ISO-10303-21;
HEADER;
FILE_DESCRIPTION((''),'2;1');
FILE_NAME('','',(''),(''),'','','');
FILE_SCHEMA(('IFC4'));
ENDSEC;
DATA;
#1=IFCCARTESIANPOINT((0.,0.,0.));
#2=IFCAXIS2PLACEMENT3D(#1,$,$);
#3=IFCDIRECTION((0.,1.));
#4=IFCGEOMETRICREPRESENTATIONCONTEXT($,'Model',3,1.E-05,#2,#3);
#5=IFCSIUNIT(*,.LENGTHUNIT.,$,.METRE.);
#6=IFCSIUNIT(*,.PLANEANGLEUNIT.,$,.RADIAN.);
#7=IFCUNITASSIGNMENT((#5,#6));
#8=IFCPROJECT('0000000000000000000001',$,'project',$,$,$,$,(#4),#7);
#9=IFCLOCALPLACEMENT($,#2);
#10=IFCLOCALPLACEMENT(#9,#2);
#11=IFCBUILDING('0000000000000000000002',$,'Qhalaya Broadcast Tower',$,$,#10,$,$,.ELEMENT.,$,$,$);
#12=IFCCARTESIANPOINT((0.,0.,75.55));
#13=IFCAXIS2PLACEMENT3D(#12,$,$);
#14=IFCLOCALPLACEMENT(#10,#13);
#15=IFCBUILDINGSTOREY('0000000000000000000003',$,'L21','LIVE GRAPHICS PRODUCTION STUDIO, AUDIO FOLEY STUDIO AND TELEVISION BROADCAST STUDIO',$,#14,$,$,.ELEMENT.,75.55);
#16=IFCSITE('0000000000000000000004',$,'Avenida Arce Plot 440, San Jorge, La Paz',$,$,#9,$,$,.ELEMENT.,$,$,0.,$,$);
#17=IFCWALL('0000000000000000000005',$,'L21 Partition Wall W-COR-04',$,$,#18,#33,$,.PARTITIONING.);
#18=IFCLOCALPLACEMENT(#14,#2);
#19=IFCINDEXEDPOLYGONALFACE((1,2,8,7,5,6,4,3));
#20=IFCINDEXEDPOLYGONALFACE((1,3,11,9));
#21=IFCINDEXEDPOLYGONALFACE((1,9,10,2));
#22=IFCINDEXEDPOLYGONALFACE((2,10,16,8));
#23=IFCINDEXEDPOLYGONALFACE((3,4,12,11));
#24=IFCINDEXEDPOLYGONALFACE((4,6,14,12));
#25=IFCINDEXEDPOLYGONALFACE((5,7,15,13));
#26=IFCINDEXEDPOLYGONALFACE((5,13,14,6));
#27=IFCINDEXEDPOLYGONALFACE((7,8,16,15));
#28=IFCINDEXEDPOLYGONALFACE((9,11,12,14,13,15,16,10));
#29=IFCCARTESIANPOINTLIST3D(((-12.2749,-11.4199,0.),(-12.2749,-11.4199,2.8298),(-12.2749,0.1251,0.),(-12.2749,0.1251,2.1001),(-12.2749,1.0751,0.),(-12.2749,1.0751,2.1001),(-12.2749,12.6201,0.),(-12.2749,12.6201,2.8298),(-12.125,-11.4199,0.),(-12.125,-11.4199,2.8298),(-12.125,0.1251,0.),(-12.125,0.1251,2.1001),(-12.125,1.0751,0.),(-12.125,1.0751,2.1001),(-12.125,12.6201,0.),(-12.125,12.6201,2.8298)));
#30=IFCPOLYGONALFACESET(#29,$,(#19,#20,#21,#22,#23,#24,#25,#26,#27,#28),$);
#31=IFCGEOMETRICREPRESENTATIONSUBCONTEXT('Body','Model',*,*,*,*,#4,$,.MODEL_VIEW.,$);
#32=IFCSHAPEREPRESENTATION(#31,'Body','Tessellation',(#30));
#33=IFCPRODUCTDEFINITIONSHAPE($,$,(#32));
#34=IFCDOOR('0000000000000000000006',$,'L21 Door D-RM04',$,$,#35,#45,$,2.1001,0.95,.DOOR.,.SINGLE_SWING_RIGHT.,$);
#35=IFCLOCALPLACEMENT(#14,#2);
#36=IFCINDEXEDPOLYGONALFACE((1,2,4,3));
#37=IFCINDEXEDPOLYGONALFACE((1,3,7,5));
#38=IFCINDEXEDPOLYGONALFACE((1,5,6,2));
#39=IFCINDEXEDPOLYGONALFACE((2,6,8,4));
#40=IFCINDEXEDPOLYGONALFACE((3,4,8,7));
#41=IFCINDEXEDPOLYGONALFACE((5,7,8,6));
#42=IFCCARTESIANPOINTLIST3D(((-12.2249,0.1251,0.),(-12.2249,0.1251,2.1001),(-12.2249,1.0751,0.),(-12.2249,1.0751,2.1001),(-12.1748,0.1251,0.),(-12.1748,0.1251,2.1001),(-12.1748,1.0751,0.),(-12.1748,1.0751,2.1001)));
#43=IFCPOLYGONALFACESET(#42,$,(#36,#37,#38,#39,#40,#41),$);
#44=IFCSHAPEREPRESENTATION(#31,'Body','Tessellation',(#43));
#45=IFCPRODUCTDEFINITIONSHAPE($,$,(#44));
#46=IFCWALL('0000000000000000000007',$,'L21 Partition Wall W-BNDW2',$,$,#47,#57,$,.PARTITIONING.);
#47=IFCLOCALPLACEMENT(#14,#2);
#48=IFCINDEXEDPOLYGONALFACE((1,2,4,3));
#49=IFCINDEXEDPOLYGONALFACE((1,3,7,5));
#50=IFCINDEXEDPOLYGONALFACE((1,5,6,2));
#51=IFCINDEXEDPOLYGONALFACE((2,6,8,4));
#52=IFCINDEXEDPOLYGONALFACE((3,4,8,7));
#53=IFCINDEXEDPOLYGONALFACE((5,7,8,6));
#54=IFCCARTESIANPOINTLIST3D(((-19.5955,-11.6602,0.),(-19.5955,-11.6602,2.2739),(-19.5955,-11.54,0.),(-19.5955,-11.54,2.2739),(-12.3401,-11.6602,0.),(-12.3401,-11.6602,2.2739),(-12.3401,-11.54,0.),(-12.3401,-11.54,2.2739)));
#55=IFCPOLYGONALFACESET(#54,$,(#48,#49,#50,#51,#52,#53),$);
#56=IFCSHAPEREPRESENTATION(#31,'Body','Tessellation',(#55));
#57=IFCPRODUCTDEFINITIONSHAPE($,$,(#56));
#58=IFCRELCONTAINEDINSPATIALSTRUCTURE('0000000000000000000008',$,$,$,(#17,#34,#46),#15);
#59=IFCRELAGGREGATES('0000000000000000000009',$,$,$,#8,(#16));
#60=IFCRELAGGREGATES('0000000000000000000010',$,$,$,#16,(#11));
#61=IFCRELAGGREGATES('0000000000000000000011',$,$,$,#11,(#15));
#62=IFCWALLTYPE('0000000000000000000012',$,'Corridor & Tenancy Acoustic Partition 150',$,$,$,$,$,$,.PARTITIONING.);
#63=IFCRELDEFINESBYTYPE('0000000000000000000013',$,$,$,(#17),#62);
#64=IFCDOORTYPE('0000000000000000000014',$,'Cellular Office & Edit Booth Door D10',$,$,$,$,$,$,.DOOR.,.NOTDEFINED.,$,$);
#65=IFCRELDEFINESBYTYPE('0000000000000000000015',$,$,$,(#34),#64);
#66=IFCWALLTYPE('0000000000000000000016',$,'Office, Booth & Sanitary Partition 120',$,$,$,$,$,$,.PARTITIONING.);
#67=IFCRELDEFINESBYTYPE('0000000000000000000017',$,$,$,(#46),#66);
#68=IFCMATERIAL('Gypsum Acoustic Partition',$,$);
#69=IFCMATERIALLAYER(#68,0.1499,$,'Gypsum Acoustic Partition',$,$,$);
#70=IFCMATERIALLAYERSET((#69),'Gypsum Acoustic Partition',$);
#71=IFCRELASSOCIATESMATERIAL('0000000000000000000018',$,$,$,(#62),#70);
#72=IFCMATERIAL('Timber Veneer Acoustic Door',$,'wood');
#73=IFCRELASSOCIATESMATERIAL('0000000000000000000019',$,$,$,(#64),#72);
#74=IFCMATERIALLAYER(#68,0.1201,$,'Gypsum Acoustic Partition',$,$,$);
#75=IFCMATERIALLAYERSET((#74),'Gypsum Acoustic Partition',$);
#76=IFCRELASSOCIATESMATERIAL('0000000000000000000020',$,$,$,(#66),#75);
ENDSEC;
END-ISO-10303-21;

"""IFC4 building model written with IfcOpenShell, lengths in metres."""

from ifc_helpers import new_model, si_unit, direction, frame, frame_2d, origin, place, context, subcontext, project, spatial, rectangle, extrude, material, layer, layer_set, type_object, element, fill, save


model = new_model("IFC4")

# Units and contexts
model_context = context("Model", 3, precision=1e-05, world=origin(), true_north=direction((0.0, 1.0)))
body_context = subcontext(model_context, "Body", "Model", "MODEL_VIEW")
ifc_project = project(units=[si_unit("LENGTHUNIT", "METRE"), si_unit("PLANEANGLEUNIT", "RADIAN")], contexts=[model_context])

# Site, building, storey
site_placement = place(None, origin())
site = spatial("IfcSite", under=ifc_project, at=site_placement, Name="Avenida Arce Plot 440, San Jorge, La Paz", CompositionType="ELEMENT", RefElevation=0.0)
building_placement = place(site_placement, origin())
building = spatial("IfcBuilding", under=site, at=building_placement, Name="Qhalaya Broadcast Tower", CompositionType="ELEMENT")
storey_placement = place(building_placement, frame((0.0, 0.0, 75.55)))
storey = spatial("IfcBuildingStorey", under=building, at=storey_placement, Name="L21", Description="LIVE GRAPHICS PRODUCTION STUDIO, AUDIO FOLEY STUDIO AND TELEVISION BROADCAST STUDIO", CompositionType="ELEMENT", Elevation=75.55)

# Wall, opening, door
ifc_material_1 = material(Name="Gypsum Acoustic Partition")
ifc_layer_1 = layer(ifc_material_1, 0.1499, Name="Gypsum Acoustic Partition")
ifc_layer_set_1 = layer_set([ifc_layer_1], Name="Gypsum Acoustic Partition")
wall_type_1 = type_object("IfcWallType", Name="Corridor & Tenancy Acoustic Partition 150", PredefinedType="PARTITIONING", material=ifc_layer_set_1)
ifc_material_2 = material(Name="Timber Veneer Acoustic Door", Category="wood")
door_type = type_object("IfcDoorType", Name="Cellular Office & Edit Booth Door D10", OperationType="NOTDEFINED", PredefinedType="DOOR", material=ifc_material_2)
wall_1_placement = place(storey_placement, frame((-12.2, -11.4199, 0.0), z_axis=(0.0, 0.0, 1.0), x_axis=(0.0, 1.0, 0.0)))
wall_1 = element("IfcWall", 1, at=wall_1_placement, inside=storey, type_object=wall_type_1, Name="L21 Partition Wall W-COR-04", PredefinedType="PARTITIONING", context=body_context, shape_type="SweptSolid", body=[
    extrude(rectangle(XDim=24.04, YDim=0.1499, at=frame_2d((12.02, 0.0))), origin(), (0.0, 0.0, 1.0), 2.8298),
])
opening_1_placement = place(wall_1_placement, frame((11.5449, 0.0, 0.0)))
opening_1 = element("IfcOpeningElement", 2, at=opening_1_placement, cuts=wall_1, PredefinedType="OPENING", context=body_context, shape_type="SweptSolid", body=[
    extrude(rectangle(XDim=0.95, YDim=2.1001, at=frame_2d((0.4751, 1.05))), frame((0.0, 0.0869, 0.0), z_axis=(0.0, -1.0, 0.0), x_axis=(1.0, 0.0, 0.0)), (0.0, 0.0, 1.0), 0.1738),
])
door_1_placement = place(opening_1_placement, origin())
door_1 = element("IfcDoor", 3, at=door_1_placement, inside=storey, type_object=door_type, Name="L21 Door D-RM04", OperationType="SINGLE_SWING_RIGHT", OverallHeight=2.1001, OverallWidth=0.95, PredefinedType="DOOR", context=body_context, shape_type="SweptSolid", body=[
    extrude(rectangle(XDim=0.95, YDim=2.1001, at=frame_2d((0.4751, 1.05))), frame((0.0, 0.0249, 0.0), z_axis=(0.0, -1.0, 0.0), x_axis=(1.0, 0.0, 0.0)), (0.0, 0.0, 1.0), 0.05),
])
fill(opening_1, door_1)

# Wall
ifc_layer_2 = layer(ifc_material_1, 0.1201, Name="Gypsum Acoustic Partition")
ifc_layer_set_2 = layer_set([ifc_layer_2], Name="Gypsum Acoustic Partition")
wall_type_2 = type_object("IfcWallType", Name="Office, Booth & Sanitary Partition 120", PredefinedType="PARTITIONING", material=ifc_layer_set_2)
wall_2_placement = place(storey_placement, frame((-19.5955, -11.6001, 0.0), z_axis=(0.0, 0.0, 1.0), x_axis=(1.0, 0.0, 0.0)))
element("IfcWall", 4, at=wall_2_placement, inside=storey, type_object=wall_type_2, Name="L21 Partition Wall W-BNDW2", PredefinedType="PARTITIONING", context=body_context, shape_type="SweptSolid", body=[
    extrude(rectangle(XDim=7.2554, YDim=0.1201, at=frame_2d((3.6277, 0.0))), origin(), (0.0, 0.0, 1.0), 2.2739),
])

save(model, "model.ifc")
